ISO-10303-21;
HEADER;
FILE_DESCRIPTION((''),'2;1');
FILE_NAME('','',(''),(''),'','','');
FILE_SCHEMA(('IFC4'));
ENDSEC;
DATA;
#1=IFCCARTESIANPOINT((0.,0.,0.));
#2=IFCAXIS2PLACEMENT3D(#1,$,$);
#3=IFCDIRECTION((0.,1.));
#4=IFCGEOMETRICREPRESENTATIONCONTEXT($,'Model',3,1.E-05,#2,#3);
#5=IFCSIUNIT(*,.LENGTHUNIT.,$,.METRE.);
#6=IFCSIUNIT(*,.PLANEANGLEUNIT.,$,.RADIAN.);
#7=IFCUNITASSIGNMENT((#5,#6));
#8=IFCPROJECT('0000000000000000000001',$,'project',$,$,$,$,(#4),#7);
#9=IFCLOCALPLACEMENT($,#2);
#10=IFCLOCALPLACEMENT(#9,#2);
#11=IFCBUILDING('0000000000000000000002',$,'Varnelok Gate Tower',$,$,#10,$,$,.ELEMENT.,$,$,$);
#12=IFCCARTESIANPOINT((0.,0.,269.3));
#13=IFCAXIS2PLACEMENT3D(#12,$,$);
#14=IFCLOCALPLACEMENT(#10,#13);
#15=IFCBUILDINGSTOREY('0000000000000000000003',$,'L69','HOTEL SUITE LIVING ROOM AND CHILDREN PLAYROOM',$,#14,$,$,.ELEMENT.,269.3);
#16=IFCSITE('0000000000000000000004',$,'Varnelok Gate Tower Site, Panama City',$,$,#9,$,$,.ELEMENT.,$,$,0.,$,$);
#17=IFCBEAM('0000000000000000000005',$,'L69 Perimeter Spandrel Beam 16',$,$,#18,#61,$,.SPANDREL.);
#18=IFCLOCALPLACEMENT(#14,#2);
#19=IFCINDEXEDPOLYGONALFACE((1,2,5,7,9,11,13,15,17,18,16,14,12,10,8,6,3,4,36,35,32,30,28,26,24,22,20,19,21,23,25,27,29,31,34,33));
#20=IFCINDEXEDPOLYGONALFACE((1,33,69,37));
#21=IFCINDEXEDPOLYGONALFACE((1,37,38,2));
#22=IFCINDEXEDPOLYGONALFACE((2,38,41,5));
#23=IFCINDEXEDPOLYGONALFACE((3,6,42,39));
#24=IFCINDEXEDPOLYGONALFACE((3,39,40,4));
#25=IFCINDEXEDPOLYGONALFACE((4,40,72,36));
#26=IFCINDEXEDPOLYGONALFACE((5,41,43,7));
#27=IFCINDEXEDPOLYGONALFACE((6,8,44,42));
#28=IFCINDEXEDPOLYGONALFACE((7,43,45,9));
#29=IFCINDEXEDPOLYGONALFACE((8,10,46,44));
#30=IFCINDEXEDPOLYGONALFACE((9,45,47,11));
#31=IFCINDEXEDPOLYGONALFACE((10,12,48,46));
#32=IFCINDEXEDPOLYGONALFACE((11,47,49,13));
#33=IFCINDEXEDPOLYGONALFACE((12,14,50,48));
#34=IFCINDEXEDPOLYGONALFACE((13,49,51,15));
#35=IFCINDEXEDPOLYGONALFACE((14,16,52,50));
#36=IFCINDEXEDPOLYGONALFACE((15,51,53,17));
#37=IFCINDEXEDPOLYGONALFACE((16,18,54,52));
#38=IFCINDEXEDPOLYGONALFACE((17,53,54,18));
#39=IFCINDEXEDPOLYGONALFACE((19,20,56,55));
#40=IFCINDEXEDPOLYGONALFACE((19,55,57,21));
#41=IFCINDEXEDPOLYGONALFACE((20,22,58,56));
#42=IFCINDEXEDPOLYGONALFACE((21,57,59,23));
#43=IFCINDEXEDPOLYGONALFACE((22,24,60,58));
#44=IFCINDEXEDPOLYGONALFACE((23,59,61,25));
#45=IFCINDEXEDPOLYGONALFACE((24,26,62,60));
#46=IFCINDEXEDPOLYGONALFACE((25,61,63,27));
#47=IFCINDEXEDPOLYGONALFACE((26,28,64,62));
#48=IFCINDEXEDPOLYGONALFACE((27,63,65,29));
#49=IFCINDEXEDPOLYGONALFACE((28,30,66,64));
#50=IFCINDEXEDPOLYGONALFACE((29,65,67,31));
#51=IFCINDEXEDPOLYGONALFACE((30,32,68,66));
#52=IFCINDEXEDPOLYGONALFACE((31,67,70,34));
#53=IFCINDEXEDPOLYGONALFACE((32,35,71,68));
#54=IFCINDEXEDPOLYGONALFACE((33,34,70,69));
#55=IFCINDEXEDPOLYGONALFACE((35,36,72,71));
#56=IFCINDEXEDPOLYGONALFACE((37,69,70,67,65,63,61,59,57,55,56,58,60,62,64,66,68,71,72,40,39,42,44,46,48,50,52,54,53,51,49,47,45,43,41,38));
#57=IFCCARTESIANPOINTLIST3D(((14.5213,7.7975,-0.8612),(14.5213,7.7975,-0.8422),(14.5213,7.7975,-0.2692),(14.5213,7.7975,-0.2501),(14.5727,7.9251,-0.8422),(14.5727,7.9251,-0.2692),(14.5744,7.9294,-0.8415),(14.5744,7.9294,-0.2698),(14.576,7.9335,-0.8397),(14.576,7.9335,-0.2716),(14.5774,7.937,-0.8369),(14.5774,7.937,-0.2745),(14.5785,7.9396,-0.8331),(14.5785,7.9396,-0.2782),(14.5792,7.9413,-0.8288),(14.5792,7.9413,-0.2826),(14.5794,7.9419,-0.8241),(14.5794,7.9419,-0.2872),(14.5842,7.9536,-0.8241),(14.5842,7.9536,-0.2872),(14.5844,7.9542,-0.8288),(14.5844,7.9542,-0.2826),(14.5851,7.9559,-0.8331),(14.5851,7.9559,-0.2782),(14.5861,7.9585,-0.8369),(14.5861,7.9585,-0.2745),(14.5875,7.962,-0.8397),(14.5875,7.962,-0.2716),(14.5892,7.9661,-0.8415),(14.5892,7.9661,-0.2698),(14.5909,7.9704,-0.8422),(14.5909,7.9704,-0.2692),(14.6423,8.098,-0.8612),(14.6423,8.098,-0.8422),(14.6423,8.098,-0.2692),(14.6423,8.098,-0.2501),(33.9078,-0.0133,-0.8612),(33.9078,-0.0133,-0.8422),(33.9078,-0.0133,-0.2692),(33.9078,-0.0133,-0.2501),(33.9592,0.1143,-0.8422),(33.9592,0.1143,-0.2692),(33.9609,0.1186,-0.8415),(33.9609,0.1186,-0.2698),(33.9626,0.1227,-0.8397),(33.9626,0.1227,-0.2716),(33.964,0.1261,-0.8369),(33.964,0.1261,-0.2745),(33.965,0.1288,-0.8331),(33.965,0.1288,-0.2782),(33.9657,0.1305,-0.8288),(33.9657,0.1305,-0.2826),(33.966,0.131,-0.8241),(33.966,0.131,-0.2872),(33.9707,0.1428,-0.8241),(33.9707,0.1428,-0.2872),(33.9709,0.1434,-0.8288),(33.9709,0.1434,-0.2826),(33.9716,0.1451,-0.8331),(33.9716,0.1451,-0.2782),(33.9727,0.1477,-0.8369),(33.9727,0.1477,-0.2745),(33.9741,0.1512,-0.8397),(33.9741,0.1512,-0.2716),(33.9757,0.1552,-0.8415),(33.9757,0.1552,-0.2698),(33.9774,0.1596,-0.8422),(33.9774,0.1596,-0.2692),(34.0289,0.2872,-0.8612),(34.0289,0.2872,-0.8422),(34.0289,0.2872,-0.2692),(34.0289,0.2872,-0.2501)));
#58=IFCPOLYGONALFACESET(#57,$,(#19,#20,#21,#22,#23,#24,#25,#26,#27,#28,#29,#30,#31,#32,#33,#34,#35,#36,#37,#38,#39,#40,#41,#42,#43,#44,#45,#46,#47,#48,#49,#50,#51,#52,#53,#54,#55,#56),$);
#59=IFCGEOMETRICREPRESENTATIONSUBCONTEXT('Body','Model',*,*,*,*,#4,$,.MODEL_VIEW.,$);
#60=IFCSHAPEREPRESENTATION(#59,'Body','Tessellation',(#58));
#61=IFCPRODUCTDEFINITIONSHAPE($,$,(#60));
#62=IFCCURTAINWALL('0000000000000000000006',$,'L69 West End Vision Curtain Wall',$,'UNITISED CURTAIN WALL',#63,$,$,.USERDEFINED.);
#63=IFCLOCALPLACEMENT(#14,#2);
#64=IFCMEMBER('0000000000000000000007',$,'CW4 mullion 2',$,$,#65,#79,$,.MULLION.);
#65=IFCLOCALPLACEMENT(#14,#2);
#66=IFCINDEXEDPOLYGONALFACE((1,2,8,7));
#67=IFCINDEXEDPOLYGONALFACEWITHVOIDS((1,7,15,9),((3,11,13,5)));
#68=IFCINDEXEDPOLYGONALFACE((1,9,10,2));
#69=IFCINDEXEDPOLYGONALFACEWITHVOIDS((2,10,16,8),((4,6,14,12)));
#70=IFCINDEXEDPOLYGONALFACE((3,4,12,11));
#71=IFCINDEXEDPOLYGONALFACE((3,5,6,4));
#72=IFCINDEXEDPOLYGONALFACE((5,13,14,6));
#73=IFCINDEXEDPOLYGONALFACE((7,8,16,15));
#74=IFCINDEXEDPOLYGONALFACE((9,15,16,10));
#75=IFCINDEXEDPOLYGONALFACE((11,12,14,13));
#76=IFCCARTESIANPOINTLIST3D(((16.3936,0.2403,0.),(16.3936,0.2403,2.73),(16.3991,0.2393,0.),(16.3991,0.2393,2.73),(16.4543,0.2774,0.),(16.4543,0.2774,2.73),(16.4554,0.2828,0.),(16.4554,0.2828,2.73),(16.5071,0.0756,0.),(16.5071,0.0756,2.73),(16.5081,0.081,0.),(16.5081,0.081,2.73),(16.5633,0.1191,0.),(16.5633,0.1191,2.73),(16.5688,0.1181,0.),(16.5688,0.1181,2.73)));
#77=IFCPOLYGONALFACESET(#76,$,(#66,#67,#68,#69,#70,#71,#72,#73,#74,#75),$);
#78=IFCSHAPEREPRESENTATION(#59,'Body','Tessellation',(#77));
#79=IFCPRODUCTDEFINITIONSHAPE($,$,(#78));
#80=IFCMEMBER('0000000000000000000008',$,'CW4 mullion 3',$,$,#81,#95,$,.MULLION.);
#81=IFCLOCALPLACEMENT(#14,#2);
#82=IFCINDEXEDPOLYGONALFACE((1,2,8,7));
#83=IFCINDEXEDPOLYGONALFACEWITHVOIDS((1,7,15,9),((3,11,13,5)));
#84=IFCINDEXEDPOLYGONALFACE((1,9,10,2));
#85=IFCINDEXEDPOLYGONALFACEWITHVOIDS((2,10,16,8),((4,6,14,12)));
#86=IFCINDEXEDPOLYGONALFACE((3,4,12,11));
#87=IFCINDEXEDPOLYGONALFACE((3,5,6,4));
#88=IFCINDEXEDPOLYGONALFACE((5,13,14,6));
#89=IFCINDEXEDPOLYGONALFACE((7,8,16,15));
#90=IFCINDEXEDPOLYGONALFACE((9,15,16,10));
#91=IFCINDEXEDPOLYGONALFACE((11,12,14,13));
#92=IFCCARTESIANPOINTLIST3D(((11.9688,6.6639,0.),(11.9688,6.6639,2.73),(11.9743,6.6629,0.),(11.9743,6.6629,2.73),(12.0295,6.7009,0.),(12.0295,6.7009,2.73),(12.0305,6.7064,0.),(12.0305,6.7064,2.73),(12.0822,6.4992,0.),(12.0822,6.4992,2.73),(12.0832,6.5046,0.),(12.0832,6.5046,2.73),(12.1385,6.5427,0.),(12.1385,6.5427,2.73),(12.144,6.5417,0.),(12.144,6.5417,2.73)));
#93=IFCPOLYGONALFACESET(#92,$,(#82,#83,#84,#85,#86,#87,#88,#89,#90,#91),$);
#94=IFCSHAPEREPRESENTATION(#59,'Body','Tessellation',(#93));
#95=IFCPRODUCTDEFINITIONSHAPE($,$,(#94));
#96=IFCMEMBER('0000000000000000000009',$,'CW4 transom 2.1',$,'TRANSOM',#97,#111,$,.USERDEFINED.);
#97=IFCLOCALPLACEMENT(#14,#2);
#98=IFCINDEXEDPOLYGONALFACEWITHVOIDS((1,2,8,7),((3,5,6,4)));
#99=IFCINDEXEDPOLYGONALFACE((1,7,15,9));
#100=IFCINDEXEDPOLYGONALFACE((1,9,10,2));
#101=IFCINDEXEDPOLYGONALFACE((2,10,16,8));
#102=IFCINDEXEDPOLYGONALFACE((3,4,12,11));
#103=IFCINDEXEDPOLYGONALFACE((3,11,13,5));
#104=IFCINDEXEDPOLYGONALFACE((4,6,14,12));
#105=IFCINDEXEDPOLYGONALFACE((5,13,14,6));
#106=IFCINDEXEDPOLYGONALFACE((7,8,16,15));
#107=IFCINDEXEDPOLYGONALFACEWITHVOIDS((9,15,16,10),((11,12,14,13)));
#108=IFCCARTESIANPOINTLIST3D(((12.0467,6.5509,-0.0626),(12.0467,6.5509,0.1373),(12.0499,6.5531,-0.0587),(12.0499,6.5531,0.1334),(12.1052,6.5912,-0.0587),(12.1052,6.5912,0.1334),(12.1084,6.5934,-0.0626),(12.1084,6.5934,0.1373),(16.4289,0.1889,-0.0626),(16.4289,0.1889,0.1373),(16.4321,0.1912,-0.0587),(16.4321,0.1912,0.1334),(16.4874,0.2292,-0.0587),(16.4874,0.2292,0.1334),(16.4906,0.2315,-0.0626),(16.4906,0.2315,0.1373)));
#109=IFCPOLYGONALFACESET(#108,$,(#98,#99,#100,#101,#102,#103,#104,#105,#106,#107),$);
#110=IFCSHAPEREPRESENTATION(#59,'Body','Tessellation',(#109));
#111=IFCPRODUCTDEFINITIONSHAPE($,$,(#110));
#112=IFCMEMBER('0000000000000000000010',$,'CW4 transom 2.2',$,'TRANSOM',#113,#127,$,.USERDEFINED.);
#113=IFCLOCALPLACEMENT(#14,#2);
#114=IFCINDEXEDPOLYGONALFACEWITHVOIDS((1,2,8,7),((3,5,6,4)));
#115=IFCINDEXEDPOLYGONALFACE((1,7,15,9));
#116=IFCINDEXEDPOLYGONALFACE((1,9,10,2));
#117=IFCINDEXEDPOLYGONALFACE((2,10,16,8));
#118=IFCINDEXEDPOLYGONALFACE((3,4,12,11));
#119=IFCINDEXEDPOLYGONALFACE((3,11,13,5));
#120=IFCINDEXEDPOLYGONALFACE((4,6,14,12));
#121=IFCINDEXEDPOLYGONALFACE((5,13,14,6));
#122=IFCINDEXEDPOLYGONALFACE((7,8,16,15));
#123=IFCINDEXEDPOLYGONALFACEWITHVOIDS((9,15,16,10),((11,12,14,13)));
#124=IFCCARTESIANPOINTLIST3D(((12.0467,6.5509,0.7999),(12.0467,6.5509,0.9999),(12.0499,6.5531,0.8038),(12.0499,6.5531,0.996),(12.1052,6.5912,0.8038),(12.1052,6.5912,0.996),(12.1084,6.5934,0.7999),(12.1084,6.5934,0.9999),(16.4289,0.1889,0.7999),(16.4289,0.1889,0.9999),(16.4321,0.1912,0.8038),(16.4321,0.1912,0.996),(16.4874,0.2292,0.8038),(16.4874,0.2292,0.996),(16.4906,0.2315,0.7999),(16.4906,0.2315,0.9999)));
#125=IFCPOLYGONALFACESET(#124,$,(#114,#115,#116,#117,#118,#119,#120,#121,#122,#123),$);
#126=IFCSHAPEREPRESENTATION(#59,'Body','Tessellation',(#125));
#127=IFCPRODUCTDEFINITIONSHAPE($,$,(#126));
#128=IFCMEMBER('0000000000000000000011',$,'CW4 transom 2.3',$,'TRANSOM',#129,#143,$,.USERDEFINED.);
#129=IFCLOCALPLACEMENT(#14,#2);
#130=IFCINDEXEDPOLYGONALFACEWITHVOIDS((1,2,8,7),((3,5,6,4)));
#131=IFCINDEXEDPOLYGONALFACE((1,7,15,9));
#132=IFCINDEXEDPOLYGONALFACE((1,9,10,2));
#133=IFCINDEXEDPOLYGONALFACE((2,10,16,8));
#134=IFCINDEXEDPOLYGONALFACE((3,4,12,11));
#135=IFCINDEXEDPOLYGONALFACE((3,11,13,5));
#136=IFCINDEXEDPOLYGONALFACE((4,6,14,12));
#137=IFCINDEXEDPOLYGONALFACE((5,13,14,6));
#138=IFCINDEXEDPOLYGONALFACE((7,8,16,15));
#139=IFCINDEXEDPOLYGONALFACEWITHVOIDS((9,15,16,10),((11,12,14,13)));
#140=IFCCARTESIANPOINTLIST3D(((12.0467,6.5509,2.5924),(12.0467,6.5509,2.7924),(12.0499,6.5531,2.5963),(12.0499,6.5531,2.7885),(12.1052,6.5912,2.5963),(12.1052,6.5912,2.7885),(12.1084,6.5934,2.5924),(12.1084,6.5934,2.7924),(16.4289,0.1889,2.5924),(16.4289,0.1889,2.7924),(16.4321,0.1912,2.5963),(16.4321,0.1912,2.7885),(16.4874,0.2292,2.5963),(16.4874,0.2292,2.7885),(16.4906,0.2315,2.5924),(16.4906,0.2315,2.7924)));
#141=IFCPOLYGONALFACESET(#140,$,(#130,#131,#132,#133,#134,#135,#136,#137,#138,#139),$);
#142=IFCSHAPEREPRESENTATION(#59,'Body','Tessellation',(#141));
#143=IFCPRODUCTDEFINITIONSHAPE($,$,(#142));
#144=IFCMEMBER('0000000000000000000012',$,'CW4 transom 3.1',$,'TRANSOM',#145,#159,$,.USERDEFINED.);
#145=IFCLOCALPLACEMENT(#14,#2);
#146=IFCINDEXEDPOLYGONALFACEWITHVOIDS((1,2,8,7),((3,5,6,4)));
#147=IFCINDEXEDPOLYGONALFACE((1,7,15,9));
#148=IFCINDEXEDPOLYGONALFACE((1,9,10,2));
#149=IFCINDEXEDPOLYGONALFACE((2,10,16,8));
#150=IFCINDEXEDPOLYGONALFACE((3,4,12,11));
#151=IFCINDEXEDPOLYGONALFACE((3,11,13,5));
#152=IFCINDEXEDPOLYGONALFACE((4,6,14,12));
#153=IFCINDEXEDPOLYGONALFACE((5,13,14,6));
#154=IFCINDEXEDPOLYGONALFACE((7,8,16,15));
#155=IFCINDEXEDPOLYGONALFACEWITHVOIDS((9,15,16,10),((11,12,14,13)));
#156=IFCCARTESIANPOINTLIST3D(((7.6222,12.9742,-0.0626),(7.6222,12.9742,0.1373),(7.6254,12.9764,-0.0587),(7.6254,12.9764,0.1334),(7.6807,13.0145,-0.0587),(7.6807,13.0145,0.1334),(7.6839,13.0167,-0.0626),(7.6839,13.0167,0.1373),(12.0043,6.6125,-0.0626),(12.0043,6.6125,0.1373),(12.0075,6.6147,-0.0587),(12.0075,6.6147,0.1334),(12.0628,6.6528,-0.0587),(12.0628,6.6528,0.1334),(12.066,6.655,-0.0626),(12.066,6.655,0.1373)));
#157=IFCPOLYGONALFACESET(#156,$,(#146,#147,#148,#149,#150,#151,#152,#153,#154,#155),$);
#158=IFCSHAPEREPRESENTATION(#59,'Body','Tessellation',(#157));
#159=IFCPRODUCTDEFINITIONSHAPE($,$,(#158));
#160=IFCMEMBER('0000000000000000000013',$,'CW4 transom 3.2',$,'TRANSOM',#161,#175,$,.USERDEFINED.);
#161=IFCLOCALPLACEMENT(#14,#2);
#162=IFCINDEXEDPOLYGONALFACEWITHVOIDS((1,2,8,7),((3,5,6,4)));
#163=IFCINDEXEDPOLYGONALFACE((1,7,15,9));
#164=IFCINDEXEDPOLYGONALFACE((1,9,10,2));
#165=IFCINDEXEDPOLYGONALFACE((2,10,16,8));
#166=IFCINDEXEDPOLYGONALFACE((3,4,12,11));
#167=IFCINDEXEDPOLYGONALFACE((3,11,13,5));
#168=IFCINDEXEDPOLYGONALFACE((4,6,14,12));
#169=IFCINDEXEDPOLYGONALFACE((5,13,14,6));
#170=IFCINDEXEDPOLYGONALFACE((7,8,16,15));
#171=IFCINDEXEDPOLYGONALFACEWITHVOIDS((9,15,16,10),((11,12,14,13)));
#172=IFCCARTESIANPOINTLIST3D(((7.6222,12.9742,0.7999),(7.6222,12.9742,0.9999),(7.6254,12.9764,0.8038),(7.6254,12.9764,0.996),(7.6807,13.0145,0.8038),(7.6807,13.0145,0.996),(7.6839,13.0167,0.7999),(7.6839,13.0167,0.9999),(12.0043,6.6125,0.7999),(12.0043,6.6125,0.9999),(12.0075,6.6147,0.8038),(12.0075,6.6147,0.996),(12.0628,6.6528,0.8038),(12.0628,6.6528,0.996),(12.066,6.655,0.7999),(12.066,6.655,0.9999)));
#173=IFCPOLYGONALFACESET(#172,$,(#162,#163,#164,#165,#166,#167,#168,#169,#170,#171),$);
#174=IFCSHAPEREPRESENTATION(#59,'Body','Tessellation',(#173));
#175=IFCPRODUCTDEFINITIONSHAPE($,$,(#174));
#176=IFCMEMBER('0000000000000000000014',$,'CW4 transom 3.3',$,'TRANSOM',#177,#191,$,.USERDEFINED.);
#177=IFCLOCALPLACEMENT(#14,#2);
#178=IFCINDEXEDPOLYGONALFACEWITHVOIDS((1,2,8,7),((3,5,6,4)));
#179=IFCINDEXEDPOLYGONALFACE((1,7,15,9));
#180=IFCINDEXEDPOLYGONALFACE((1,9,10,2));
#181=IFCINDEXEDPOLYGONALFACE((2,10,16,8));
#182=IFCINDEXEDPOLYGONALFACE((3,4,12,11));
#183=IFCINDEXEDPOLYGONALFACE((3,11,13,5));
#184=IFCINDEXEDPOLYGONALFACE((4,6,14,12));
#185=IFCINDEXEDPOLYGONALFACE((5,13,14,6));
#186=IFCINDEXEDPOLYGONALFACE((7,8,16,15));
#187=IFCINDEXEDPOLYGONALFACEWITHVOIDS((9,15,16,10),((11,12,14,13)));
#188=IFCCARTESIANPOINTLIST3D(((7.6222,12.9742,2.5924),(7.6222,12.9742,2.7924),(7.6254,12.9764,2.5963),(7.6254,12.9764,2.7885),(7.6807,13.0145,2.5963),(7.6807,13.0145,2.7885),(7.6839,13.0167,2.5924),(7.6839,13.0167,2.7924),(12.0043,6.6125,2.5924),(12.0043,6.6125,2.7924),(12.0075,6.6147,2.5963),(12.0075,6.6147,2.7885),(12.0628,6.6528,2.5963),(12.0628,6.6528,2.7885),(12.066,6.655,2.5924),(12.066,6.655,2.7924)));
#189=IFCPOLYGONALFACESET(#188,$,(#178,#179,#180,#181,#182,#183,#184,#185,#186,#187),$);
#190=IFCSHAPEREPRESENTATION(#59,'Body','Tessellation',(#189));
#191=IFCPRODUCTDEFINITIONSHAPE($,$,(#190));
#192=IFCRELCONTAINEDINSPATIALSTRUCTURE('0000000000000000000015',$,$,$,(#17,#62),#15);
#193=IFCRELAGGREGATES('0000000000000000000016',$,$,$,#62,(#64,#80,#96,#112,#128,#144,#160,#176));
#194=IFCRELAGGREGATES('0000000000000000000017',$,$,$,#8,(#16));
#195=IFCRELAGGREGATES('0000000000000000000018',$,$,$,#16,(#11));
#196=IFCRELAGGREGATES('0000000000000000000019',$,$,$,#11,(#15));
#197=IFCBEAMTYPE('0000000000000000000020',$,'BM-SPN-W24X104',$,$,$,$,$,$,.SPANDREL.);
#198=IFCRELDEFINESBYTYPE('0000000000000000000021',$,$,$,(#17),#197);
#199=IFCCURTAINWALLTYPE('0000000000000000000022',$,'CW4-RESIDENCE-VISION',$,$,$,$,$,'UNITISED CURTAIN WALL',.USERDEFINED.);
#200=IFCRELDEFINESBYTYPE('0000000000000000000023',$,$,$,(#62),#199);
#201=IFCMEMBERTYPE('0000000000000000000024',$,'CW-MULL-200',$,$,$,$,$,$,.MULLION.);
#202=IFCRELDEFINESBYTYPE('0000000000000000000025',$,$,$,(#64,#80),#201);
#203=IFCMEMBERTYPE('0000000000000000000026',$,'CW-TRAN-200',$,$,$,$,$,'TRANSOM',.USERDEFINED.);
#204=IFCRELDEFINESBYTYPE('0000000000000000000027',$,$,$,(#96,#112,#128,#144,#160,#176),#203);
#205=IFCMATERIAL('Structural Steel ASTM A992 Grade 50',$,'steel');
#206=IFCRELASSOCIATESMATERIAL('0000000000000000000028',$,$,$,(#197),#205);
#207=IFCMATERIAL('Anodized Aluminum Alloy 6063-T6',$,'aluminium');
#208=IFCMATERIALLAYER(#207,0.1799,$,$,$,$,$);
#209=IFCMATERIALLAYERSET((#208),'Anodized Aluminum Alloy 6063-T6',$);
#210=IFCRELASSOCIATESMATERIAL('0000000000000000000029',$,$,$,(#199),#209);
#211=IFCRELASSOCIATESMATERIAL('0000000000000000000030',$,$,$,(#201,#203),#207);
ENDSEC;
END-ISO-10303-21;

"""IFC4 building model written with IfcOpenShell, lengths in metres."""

from ifc_helpers import new_model, si_unit, direction, frame, origin, origin_2d, place, context, subcontext, project, spatial, hollow_rectangle, i_section, extrude, material, layer, layer_set, material_profile, profile_set, type_object, element, aggregate, save


model = new_model("IFC4")

# Units and contexts
model_context = context("Model", 3, precision=1e-05, world=origin(), true_north=direction((0.0, 1.0)))
body_context = subcontext(model_context, "Body", "Model", "MODEL_VIEW")
ifc_project = project(units=[si_unit("LENGTHUNIT", "METRE"), si_unit("PLANEANGLEUNIT", "RADIAN")], contexts=[model_context])

# Site, building, storey
site_placement = place(None, origin())
site = spatial("IfcSite", under=ifc_project, at=site_placement, Name="Varnelok Gate Tower Site, Panama City", CompositionType="ELEMENT", RefElevation=0.0)
building_placement = place(site_placement, origin())
building = spatial("IfcBuilding", under=site, at=building_placement, Name="Varnelok Gate Tower", CompositionType="ELEMENT")
storey_placement = place(building_placement, frame((0.0, 0.0, 269.3)))
storey = spatial("IfcBuildingStorey", under=building, at=storey_placement, Name="L69", Description="HOTEL SUITE LIVING ROOM AND CHILDREN PLAYROOM", CompositionType="ELEMENT", Elevation=269.3)

# Beam
ifc_material_1 = material(Name="Structural Steel ASTM A992 Grade 50", Category="steel")
ifc_material_profile_1 = material_profile(ifc_material_1, i_section(OverallWidth=0.324, OverallDepth=0.6111, WebThickness=0.0127, FlangeThickness=0.019, FilletRadius=0.0181, at=origin_2d()), Name="W24X104")
ifc_profile_set_1 = profile_set([ifc_material_profile_1], Name="Structural Steel ASTM A992 Grade 50")
beam_type = type_object("IfcBeamType", Name="BM-SPN-W24X104", PredefinedType="SPANDREL", material=ifc_profile_set_1)
beam_placement = place(storey_placement, frame((14.5818, 7.9478, -0.5557), z_axis=(0.927547, -0.373708, 0.0), x_axis=(0.373708, 0.927547, 0.0)))
element("IfcBeam", 1, at=beam_placement, inside=storey, type_object=beam_type, Name="L69 Perimeter Spandrel Beam 16", PredefinedType="SPANDREL", context=body_context, shape_type="SweptSolid", body=[
    extrude(i_section(OverallWidth=0.324, OverallDepth=0.6111, WebThickness=0.0127, FlangeThickness=0.019, FilletRadius=0.0181, at=origin_2d()), origin(), (0.0, 0.0, 1.0), 20.9009),
])

# Curtain wall, members
ifc_material_2 = material(Name="Anodized Aluminum Alloy 6063-T6", Category="aluminium")
ifc_layer_1 = layer(ifc_material_2, 0.1799)
ifc_layer_set_1 = layer_set([ifc_layer_1], Name="Anodized Aluminum Alloy 6063-T6")
curtain_wall_type = type_object("IfcCurtainWallType", Name="CW4-RESIDENCE-VISION", ElementType="UNITISED CURTAIN WALL", PredefinedType="USERDEFINED", material=ifc_layer_set_1)
curtain_wall_placement = place(storey_placement, origin())
curtain_wall = element("IfcCurtainWall", 2, at=curtain_wall_placement, inside=storey, type_object=curtain_wall_type, Name="L69 West End Vision Curtain Wall", ObjectType="UNITISED CURTAIN WALL", PredefinedType="USERDEFINED")
ifc_material_profile_2 = material_profile(ifc_material_2, hollow_rectangle(XDim=0.075, YDim=0.2, WallThickness=0.0039, at=origin_2d()), Name="ALU200X75X4")
ifc_profile_set_2 = profile_set([ifc_material_profile_2], Name="Anodized Aluminum Alloy 6063-T6")
member_type_1 = type_object("IfcMemberType", Name="CW-MULL-200", PredefinedType="MULLION", material=ifc_profile_set_2)
member_1_placement = place(storey_placement, frame((16.4812, 0.1792, 0.0), z_axis=(0.0, 0.0, 1.0), x_axis=(-0.823532, -0.567269, 0.0)))
member_1 = element("IfcMember", 3, at=member_1_placement, type_object=member_type_1, Name="CW4 mullion 2", PredefinedType="MULLION", context=body_context, shape_type="SweptSolid", body=[
    extrude(hollow_rectangle(XDim=0.075, YDim=0.2, WallThickness=0.0039, at=origin_2d()), origin(), (0.0, 0.0, 1.0), 2.73),
])
member_2_placement = place(storey_placement, frame((12.0564, 6.6028, 0.0), z_axis=(0.0, 0.0, 1.0), x_axis=(-0.823532, -0.567269, 0.0)))
member_2 = element("IfcMember", 4, at=member_2_placement, type_object=member_type_1, Name="CW4 mullion 3", PredefinedType="MULLION", context=body_context, shape_type="SweptSolid", body=[
    extrude(hollow_rectangle(XDim=0.075, YDim=0.2, WallThickness=0.0039, at=origin_2d()), origin(), (0.0, 0.0, 1.0), 2.73),
])
ifc_material_profile_3 = material_profile(ifc_material_2, hollow_rectangle(XDim=0.075, YDim=0.2, WallThickness=0.0039, at=origin_2d()), Name="ALU200X75X4")
ifc_profile_set_3 = profile_set([ifc_material_profile_3], Name="Anodized Aluminum Alloy 6063-T6")
member_type_2 = type_object("IfcMemberType", Name="CW-TRAN-200", ElementType="TRANSOM", PredefinedType="USERDEFINED", material=ifc_profile_set_3)
member_3_placement = place(storey_placement, frame((16.4597, 0.2102, 0.0374), z_axis=(-0.567261, 0.823538, 0.0), x_axis=(-0.823538, -0.567261, 0.0)))
member_3 = element("IfcMember", 5, at=member_3_placement, type_object=member_type_2, Name="CW4 transom 2.1", ObjectType="TRANSOM", PredefinedType="USERDEFINED", context=body_context, shape_type="SweptSolid", body=[
    extrude(hollow_rectangle(XDim=0.075, YDim=0.2, WallThickness=0.0039, at=origin_2d()), origin(), (0.0, 0.0, 1.0), 7.7251),
])
member_4_placement = place(storey_placement, frame((16.4597, 0.2102, 0.8999), z_axis=(-0.567261, 0.823538, 0.0), x_axis=(-0.823538, -0.567261, 0.0)))
member_4 = element("IfcMember", 6, at=member_4_placement, type_object=member_type_2, Name="CW4 transom 2.2", ObjectType="TRANSOM", PredefinedType="USERDEFINED", context=body_context, shape_type="SweptSolid", body=[
    extrude(hollow_rectangle(XDim=0.075, YDim=0.2, WallThickness=0.0039, at=origin_2d()), origin(), (0.0, 0.0, 1.0), 7.7251),
])
member_5_placement = place(storey_placement, frame((16.4597, 0.2102, 2.6924), z_axis=(-0.567261, 0.823538, 0.0), x_axis=(-0.823538, -0.567261, 0.0)))
member_5 = element("IfcMember", 7, at=member_5_placement, type_object=member_type_2, Name="CW4 transom 2.3", ObjectType="TRANSOM", PredefinedType="USERDEFINED", context=body_context, shape_type="SweptSolid", body=[
    extrude(hollow_rectangle(XDim=0.075, YDim=0.2, WallThickness=0.0039, at=origin_2d()), origin(), (0.0, 0.0, 1.0), 7.7251),
])
member_6_placement = place(storey_placement, frame((12.0352, 6.6338, 0.0374), z_axis=(-0.567276, 0.823528, 0.0), x_axis=(-0.823528, -0.567276, 0.0)))
member_6 = element("IfcMember", 8, at=member_6_placement, type_object=member_type_2, Name="CW4 transom 3.1", ObjectType="TRANSOM", PredefinedType="USERDEFINED", context=body_context, shape_type="SweptSolid", body=[
    extrude(hollow_rectangle(XDim=0.075, YDim=0.2, WallThickness=0.0039, at=origin_2d()), origin(), (0.0, 0.0, 1.0), 7.7249),
])
member_7_placement = place(storey_placement, frame((12.0352, 6.6338, 0.8999), z_axis=(-0.567276, 0.823528, 0.0), x_axis=(-0.823528, -0.567276, 0.0)))
member_7 = element("IfcMember", 9, at=member_7_placement, type_object=member_type_2, Name="CW4 transom 3.2", ObjectType="TRANSOM", PredefinedType="USERDEFINED", context=body_context, shape_type="SweptSolid", body=[
    extrude(hollow_rectangle(XDim=0.075, YDim=0.2, WallThickness=0.0039, at=origin_2d()), origin(), (0.0, 0.0, 1.0), 7.7249),
])
member_8_placement = place(storey_placement, frame((12.0352, 6.6338, 2.6924), z_axis=(-0.567276, 0.823528, 0.0), x_axis=(-0.823528, -0.567276, 0.0)))
member_8 = element("IfcMember", 10, at=member_8_placement, type_object=member_type_2, Name="CW4 transom 3.3", ObjectType="TRANSOM", PredefinedType="USERDEFINED", context=body_context, shape_type="SweptSolid", body=[
    extrude(hollow_rectangle(XDim=0.075, YDim=0.2, WallThickness=0.0039, at=origin_2d()), origin(), (0.0, 0.0, 1.0), 7.7249),
])

aggregate(curtain_wall, [member_1, member_2, member_3, member_4, member_5, member_6, member_7, member_8])

save(model, "model.ifc")
